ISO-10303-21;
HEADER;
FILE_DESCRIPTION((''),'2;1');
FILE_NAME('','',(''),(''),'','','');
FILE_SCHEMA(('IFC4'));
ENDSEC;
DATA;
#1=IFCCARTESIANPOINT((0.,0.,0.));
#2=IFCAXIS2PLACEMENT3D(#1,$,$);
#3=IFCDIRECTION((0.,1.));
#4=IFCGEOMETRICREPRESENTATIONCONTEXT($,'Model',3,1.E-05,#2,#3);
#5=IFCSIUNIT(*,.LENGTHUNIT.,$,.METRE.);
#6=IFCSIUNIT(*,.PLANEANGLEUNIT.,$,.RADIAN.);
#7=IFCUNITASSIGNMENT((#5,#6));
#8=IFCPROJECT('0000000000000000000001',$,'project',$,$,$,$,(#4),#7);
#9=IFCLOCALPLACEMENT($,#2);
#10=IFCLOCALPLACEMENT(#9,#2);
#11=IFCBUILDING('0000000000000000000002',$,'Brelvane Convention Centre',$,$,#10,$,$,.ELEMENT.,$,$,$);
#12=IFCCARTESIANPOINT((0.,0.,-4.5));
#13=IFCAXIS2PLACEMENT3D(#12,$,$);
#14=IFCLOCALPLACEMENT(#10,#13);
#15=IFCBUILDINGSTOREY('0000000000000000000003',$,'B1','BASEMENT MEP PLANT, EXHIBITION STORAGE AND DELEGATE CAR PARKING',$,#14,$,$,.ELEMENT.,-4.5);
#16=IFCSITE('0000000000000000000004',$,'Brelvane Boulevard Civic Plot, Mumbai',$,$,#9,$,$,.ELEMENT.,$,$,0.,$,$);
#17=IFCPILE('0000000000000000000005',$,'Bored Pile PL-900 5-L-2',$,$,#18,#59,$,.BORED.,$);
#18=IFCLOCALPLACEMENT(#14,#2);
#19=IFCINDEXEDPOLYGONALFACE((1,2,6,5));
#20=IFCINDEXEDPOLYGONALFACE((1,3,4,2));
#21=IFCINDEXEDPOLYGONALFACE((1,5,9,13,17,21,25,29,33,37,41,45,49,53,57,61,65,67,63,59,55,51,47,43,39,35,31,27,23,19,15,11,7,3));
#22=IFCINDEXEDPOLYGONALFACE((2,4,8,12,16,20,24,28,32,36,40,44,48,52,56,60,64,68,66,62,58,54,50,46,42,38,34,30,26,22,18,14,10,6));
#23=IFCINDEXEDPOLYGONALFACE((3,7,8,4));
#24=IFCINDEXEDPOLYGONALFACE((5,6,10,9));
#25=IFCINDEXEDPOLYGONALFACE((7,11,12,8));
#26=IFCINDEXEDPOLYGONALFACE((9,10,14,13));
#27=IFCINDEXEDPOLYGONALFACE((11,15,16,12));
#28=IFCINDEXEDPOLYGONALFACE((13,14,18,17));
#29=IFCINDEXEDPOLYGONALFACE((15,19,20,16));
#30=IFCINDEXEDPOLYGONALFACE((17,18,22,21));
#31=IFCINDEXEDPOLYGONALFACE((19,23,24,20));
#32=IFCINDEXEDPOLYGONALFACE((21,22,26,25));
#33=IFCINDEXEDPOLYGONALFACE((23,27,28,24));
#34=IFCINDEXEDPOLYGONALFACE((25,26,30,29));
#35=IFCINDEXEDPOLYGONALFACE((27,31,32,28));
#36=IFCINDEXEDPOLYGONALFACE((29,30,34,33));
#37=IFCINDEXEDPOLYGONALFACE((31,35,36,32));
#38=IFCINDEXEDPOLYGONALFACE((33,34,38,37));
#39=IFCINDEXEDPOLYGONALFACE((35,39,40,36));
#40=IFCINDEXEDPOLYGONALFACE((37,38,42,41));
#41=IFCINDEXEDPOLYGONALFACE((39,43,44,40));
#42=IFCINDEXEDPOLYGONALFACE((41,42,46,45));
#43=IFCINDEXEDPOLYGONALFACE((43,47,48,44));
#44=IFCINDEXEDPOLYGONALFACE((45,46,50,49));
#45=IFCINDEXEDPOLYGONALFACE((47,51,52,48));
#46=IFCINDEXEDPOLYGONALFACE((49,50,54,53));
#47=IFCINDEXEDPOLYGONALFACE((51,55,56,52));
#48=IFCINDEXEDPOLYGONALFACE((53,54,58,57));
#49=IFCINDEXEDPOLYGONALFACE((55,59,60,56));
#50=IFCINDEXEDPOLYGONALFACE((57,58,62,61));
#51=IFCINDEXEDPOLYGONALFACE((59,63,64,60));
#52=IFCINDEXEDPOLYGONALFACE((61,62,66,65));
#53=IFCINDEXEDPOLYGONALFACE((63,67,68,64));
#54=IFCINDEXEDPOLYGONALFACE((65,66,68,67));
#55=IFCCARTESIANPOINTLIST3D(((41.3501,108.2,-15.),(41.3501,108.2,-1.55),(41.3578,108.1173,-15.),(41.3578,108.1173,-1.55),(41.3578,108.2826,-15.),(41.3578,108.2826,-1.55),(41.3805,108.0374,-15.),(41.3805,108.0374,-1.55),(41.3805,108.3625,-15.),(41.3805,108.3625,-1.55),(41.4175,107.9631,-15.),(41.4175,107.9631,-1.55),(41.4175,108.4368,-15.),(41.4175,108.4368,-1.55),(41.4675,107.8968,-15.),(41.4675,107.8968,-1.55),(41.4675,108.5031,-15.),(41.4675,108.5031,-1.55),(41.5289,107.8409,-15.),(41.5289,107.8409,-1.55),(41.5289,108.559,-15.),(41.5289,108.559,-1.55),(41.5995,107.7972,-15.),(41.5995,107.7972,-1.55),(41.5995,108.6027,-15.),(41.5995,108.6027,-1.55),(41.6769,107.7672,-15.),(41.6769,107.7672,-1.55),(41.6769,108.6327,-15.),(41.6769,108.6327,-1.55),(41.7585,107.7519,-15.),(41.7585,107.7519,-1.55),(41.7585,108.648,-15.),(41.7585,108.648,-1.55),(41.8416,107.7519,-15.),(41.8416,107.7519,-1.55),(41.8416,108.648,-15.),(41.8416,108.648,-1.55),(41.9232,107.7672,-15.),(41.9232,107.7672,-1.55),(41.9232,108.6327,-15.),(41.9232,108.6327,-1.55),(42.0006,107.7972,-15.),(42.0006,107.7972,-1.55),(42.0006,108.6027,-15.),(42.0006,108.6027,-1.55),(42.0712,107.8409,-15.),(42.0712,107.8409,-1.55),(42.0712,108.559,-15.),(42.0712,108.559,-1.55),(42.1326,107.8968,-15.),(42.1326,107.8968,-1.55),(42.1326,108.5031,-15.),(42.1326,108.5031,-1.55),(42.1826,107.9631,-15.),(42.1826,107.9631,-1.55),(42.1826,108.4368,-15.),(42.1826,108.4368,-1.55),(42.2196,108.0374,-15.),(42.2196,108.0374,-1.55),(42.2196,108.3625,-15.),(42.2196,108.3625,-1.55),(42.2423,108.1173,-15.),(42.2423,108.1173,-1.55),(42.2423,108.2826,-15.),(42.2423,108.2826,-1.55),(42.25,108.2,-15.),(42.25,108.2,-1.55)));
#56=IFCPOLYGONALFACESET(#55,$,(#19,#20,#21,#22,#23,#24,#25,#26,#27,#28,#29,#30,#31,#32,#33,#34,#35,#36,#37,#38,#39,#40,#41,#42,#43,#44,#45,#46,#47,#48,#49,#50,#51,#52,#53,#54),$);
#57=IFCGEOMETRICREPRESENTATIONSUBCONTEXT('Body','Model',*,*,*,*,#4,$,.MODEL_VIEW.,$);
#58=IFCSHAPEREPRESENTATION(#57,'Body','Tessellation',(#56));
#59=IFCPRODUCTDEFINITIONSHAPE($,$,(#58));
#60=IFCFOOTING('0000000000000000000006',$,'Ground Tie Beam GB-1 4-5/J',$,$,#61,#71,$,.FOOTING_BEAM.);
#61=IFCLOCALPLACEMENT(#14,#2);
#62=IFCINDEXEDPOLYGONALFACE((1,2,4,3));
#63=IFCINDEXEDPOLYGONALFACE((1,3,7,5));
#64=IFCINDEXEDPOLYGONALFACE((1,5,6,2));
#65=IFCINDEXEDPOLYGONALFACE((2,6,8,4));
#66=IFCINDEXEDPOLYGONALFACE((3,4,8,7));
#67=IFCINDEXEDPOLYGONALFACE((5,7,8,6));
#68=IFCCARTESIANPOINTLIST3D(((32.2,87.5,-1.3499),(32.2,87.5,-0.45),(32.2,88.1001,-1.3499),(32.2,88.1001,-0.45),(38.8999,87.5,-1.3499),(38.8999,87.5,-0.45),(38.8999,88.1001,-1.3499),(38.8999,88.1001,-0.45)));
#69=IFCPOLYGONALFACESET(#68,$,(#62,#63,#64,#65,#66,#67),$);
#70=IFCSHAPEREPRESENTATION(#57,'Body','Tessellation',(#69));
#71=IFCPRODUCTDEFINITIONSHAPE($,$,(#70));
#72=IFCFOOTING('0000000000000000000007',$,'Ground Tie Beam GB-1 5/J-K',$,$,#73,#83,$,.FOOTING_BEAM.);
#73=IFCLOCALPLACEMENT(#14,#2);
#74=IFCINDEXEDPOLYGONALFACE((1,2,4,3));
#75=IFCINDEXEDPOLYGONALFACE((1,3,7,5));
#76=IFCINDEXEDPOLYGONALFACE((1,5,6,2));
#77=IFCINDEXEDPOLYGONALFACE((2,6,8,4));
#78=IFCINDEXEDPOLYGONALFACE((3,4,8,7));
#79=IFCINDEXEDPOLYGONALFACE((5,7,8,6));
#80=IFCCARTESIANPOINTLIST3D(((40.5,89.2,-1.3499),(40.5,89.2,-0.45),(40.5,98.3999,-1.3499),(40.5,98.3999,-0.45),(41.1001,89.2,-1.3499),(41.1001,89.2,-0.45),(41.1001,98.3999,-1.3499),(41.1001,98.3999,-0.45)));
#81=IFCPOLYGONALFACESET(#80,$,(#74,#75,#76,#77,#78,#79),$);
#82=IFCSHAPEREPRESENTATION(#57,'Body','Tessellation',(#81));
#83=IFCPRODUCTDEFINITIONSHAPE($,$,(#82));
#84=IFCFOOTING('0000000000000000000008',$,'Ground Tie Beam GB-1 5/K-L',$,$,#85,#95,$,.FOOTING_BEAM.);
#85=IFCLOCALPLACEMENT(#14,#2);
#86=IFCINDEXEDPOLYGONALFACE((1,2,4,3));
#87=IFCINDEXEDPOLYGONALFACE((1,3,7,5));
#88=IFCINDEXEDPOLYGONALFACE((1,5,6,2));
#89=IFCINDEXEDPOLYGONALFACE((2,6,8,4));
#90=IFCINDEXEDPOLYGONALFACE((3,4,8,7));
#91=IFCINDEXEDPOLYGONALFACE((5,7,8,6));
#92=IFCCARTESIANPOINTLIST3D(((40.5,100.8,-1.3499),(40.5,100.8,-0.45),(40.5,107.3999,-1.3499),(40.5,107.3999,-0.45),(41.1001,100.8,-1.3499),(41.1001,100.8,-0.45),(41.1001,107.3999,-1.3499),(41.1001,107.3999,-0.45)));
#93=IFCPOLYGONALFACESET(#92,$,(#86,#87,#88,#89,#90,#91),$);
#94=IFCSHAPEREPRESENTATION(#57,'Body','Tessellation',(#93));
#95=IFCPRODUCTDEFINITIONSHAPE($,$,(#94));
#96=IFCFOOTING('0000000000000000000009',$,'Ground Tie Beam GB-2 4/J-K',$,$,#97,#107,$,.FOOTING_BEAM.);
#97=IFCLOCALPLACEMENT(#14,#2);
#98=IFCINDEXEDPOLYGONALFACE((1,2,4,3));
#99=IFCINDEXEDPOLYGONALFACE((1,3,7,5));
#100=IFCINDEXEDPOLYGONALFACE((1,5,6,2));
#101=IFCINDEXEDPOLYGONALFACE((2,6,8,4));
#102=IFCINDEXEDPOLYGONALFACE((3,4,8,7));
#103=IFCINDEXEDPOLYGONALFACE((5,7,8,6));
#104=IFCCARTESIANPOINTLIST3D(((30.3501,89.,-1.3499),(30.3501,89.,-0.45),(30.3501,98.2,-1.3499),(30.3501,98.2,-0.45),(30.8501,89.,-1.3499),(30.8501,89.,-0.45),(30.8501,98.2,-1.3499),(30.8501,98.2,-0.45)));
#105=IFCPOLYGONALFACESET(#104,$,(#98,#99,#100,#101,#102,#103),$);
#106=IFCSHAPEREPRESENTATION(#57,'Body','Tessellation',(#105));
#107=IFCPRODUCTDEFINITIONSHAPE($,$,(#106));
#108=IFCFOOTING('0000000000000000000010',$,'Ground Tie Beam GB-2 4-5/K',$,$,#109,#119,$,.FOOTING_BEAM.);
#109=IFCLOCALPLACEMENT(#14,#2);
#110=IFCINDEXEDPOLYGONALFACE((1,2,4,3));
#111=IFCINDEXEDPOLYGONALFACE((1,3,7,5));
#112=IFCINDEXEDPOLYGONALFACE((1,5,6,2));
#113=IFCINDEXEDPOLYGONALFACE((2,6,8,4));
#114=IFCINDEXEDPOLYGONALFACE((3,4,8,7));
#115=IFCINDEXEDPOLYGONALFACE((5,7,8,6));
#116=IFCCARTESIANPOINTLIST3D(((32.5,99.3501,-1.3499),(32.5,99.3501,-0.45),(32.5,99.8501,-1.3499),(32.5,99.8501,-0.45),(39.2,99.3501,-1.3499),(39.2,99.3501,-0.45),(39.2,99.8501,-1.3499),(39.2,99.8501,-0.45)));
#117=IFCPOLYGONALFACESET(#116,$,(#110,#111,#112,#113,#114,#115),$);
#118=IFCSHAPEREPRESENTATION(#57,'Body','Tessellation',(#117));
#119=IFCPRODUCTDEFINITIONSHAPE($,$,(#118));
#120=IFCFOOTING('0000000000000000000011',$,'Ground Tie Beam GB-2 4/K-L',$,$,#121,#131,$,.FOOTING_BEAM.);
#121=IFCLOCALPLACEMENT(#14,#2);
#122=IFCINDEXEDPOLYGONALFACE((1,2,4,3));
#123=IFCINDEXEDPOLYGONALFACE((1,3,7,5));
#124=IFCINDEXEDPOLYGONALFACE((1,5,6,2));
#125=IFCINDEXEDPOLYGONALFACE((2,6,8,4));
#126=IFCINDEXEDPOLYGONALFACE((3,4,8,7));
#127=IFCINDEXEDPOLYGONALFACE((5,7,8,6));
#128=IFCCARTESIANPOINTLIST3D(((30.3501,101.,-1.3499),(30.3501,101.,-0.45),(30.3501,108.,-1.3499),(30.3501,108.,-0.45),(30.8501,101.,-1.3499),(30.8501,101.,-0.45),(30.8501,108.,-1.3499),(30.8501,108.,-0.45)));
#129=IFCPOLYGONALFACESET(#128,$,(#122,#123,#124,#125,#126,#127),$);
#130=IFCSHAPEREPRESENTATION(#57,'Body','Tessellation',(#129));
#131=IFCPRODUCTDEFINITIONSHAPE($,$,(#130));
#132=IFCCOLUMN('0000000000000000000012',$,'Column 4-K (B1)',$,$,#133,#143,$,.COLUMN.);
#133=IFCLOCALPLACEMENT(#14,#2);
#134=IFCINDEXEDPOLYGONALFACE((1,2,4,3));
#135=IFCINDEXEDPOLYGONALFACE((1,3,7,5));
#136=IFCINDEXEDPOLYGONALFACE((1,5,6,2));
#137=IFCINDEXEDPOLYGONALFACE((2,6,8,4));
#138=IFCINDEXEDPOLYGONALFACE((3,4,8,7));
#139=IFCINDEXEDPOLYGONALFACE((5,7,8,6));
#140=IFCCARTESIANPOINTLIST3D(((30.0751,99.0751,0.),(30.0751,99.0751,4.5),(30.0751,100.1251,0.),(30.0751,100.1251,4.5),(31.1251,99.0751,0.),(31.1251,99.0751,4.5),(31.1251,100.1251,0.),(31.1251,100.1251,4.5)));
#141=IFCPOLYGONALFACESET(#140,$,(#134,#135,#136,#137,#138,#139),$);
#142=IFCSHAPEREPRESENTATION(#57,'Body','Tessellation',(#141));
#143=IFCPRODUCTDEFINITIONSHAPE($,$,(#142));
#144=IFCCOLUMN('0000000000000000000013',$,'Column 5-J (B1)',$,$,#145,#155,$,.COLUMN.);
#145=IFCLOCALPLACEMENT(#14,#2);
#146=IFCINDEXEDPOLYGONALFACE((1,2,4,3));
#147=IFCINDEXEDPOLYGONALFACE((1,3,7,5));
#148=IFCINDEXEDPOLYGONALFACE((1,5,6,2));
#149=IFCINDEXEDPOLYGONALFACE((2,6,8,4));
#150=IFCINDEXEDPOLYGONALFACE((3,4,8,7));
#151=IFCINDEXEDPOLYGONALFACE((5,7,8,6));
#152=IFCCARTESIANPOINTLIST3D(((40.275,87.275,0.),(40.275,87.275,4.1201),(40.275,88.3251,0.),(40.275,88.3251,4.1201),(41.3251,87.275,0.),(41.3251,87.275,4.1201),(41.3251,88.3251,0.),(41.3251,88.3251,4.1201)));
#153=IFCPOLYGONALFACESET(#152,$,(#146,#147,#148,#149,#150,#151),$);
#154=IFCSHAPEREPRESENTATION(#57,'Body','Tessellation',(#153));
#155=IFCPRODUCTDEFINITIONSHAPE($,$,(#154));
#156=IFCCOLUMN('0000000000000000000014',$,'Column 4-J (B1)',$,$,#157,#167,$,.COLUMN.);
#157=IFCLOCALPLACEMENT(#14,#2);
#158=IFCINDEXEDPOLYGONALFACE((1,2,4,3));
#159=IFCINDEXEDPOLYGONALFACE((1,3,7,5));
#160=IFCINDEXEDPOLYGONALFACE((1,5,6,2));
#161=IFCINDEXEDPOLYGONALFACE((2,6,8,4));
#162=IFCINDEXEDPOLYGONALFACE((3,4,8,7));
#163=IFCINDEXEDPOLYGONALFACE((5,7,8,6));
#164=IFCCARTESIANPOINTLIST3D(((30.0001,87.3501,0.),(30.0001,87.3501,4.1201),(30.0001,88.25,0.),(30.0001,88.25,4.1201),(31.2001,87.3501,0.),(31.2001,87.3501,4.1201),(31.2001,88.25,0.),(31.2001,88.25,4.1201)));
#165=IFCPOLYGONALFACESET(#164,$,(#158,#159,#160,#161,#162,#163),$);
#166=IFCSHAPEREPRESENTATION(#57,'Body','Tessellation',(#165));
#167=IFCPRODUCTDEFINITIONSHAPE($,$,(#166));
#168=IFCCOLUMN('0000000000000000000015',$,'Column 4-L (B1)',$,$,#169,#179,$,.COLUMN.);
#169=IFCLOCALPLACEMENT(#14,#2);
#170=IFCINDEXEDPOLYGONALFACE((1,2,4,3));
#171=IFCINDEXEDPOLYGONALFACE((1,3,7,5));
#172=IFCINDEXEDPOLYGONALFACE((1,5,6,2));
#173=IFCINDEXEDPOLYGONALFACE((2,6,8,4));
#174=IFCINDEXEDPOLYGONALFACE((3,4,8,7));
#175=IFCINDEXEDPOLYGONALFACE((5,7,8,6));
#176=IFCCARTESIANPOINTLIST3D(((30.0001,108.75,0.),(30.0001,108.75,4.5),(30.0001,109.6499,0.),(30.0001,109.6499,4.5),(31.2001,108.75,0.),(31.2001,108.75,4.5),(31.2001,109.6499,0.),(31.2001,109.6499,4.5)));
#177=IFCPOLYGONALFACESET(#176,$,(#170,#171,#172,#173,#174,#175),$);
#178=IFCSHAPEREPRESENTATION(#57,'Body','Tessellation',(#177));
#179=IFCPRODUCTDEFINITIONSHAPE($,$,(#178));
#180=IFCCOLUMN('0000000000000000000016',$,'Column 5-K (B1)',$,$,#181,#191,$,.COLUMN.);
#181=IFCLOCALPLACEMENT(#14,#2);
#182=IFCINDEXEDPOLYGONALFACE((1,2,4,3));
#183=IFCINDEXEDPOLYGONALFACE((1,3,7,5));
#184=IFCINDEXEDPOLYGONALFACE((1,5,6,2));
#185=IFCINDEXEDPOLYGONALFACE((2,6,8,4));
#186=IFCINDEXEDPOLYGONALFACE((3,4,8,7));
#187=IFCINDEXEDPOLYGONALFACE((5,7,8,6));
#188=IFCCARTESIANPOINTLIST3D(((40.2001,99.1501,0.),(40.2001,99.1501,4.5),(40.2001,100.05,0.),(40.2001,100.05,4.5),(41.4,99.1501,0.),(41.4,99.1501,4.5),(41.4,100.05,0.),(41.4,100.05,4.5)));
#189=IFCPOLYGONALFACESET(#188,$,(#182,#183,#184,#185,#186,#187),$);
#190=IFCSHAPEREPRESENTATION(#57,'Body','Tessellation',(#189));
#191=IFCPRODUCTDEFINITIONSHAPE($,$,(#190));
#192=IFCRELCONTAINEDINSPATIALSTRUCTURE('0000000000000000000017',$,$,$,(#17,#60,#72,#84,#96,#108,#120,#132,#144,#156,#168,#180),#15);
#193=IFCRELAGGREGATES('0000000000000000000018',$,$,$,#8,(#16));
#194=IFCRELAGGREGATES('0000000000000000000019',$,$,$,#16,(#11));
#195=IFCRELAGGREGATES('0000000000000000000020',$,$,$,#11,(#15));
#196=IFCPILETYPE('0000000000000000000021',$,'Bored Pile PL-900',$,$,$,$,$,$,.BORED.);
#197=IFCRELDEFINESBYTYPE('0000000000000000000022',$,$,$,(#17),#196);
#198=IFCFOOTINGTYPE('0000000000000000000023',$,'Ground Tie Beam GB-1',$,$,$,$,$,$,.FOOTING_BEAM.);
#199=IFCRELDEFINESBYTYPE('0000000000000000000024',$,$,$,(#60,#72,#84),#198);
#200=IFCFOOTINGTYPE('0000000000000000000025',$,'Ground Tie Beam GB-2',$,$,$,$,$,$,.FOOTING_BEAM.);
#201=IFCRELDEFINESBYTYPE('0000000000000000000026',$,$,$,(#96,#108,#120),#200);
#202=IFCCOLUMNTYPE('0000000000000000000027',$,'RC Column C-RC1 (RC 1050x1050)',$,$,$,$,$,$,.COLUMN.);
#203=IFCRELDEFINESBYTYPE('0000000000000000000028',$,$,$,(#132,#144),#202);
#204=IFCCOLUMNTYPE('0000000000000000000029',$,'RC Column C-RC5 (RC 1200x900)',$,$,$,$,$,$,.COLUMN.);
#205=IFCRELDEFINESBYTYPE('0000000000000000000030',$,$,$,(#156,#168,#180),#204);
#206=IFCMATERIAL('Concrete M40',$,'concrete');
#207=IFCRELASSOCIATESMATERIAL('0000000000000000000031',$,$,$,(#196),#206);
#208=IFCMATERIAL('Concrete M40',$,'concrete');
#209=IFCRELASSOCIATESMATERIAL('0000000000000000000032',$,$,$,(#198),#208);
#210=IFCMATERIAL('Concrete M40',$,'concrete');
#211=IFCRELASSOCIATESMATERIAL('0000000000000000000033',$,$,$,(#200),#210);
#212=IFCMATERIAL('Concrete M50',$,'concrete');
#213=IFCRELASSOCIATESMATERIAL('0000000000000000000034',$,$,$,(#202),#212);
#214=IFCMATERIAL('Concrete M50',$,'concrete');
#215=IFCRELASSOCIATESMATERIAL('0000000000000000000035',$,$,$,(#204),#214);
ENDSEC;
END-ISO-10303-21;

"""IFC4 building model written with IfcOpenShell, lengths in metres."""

from ifc_helpers import new_model, si_unit, direction, frame, origin, origin_2d, place, context, subcontext, project, spatial, rectangle, circle, extrude, material, material_profile, profile_set, type_object, element, save


model = new_model("IFC4")

# Units and contexts
model_context = context("Model", 3, precision=1e-05, world=origin(), true_north=direction((0.0, 1.0)))
body_context = subcontext(model_context, "Body", "Model", "MODEL_VIEW")
ifc_project = project(units=[si_unit("LENGTHUNIT", "METRE"), si_unit("PLANEANGLEUNIT", "RADIAN")], contexts=[model_context])

# Site, building, storey
site_placement = place(None, origin())
site = spatial("IfcSite", under=ifc_project, at=site_placement, Name="Brelvane Boulevard Civic Plot, Mumbai", CompositionType="ELEMENT", RefElevation=0.0)
building_placement = place(site_placement, origin())
building = spatial("IfcBuilding", under=site, at=building_placement, Name="Brelvane Convention Centre", CompositionType="ELEMENT")
storey_placement = place(building_placement, frame((0.0, 0.0, -4.5)))
storey = spatial("IfcBuildingStorey", under=building, at=storey_placement, Name="B1", Description="BASEMENT MEP PLANT, EXHIBITION STORAGE AND DELEGATE CAR PARKING", CompositionType="ELEMENT", Elevation=-4.5)

# Pile
ifc_material_1 = material(Name="Concrete M40", Category="concrete")
ifc_material_profile_1 = material_profile(ifc_material_1, circle(Radius=0.45, at=origin_2d()), Name="PILE D900")
ifc_profile_set_1 = profile_set([ifc_material_profile_1], Name="Concrete M40")
pile_type = type_object("IfcPileType", Name="Bored Pile PL-900", PredefinedType="BORED", material=ifc_profile_set_1)
for number, where, z_axis, x_axis, name in (
    (1, (41.8, 108.2, -1.55), (0.0, 0.0, -1.0), (1.0, 0.0, 0.0), "Bored Pile PL-900 5-L-2"),
):
    element("IfcPile", number, at=place(storey_placement, frame(where, z_axis=z_axis, x_axis=x_axis)), inside=storey, type_object=pile_type, Name=name, PredefinedType="BORED", context=body_context, shape_type="SweptSolid", body=[
        extrude(circle(Radius=0.45, at=origin_2d()), origin(), (0.0, 0.0, 1.0), 13.45),
    ])

# Footings
ifc_material_2 = material(Name="Concrete M40", Category="concrete")
ifc_material_profile_2 = material_profile(ifc_material_2, rectangle(XDim=0.6001, YDim=0.8999, at=origin_2d()), Name="RC 600x900")
ifc_profile_set_2 = profile_set([ifc_material_profile_2], Name="Concrete M40")
footing_type_1 = type_object("IfcFootingType", Name="Ground Tie Beam GB-1", PredefinedType="FOOTING_BEAM", material=ifc_profile_set_2)
footing_1_placement = place(storey_placement, frame((32.2, 87.8, -0.8999), z_axis=(1.0, 0.0, 0.0), x_axis=(0.0, 1.0, 0.0)))
element("IfcFooting", 2, at=footing_1_placement, inside=storey, type_object=footing_type_1, Name="Ground Tie Beam GB-1 4-5/J", PredefinedType="FOOTING_BEAM", context=body_context, shape_type="SweptSolid", body=[
    extrude(rectangle(XDim=0.6001, YDim=0.8999, at=origin_2d()), origin(), (0.0, 0.0, 1.0), 6.7),
])
footing_2_placement = place(storey_placement, frame((40.8, 89.2, -0.8999), z_axis=(0.0, 1.0, 0.0), x_axis=(-1.0, 0.0, 0.0)))
element("IfcFooting", 3, at=footing_2_placement, inside=storey, type_object=footing_type_1, Name="Ground Tie Beam GB-1 5/J-K", PredefinedType="FOOTING_BEAM", context=body_context, shape_type="SweptSolid", body=[
    extrude(rectangle(XDim=0.6001, YDim=0.8999, at=origin_2d()), origin(), (0.0, 0.0, 1.0), 9.2),
])
footing_3_placement = place(storey_placement, frame((40.8, 100.8, -0.8999), z_axis=(0.0, 1.0, 0.0), x_axis=(-1.0, 0.0, 0.0)))
element("IfcFooting", 4, at=footing_3_placement, inside=storey, type_object=footing_type_1, Name="Ground Tie Beam GB-1 5/K-L", PredefinedType="FOOTING_BEAM", context=body_context, shape_type="SweptSolid", body=[
    extrude(rectangle(XDim=0.6001, YDim=0.8999, at=origin_2d()), origin(), (0.0, 0.0, 1.0), 6.5999),
])
ifc_material_3 = material(Name="Concrete M40", Category="concrete")
ifc_material_profile_3 = material_profile(ifc_material_3, rectangle(XDim=0.5, YDim=0.8999, at=origin_2d()), Name="RC 500x900")
ifc_profile_set_3 = profile_set([ifc_material_profile_3], Name="Concrete M40")
footing_type_2 = type_object("IfcFootingType", Name="Ground Tie Beam GB-2", PredefinedType="FOOTING_BEAM", material=ifc_profile_set_3)
footing_4_placement = place(storey_placement, frame((30.6001, 89.0, -0.8999), z_axis=(0.0, 1.0, 0.0), x_axis=(-1.0, 0.0, 0.0)))
element("IfcFooting", 5, at=footing_4_placement, inside=storey, type_object=footing_type_2, Name="Ground Tie Beam GB-2 4/J-K", PredefinedType="FOOTING_BEAM", context=body_context, shape_type="SweptSolid", body=[
    extrude(rectangle(XDim=0.5, YDim=0.8999, at=origin_2d()), origin(), (0.0, 0.0, 1.0), 9.2),
])
footing_5_placement = place(storey_placement, frame((32.5, 99.6001, -0.8999), z_axis=(1.0, 0.0, 0.0), x_axis=(0.0, 1.0, 0.0)))
element("IfcFooting", 6, at=footing_5_placement, inside=storey, type_object=footing_type_2, Name="Ground Tie Beam GB-2 4-5/K", PredefinedType="FOOTING_BEAM", context=body_context, shape_type="SweptSolid", body=[
    extrude(rectangle(XDim=0.5, YDim=0.8999, at=origin_2d()), origin(), (0.0, 0.0, 1.0), 6.7),
])
footing_6_placement = place(storey_placement, frame((30.6001, 101.0, -0.8999), z_axis=(0.0, 1.0, 0.0), x_axis=(-1.0, 0.0, 0.0)))
element("IfcFooting", 7, at=footing_6_placement, inside=storey, type_object=footing_type_2, Name="Ground Tie Beam GB-2 4/K-L", PredefinedType="FOOTING_BEAM", context=body_context, shape_type="SweptSolid", body=[
    extrude(rectangle(XDim=0.5, YDim=0.8999, at=origin_2d()), origin(), (0.0, 0.0, 1.0), 7.0),
])

# Columns
ifc_material_4 = material(Name="Concrete M50", Category="concrete")
ifc_material_profile_4 = material_profile(ifc_material_4, rectangle(XDim=1.05, YDim=1.05, at=origin_2d()), Name="RC 1050x1050")
ifc_profile_set_4 = profile_set([ifc_material_profile_4], Name="Concrete M50")
column_type_1 = type_object("IfcColumnType", Name="RC Column C-RC1 (RC 1050x1050)", PredefinedType="COLUMN", material=ifc_profile_set_4)
column_1_placement = place(storey_placement, frame((30.6001, 99.6001, 0.0), z_axis=(0.0, 0.0, 1.0), x_axis=(1.0, 0.0, 0.0)))
element("IfcColumn", 8, at=column_1_placement, inside=storey, type_object=column_type_1, Name="Column 4-K (B1)", PredefinedType="COLUMN", context=body_context, shape_type="SweptSolid", body=[
    extrude(rectangle(XDim=1.05, YDim=1.05, at=origin_2d()), origin(), (0.0, 0.0, 1.0), 4.5),
])
column_2_placement = place(storey_placement, frame((40.8, 87.8, 0.0), z_axis=(0.0, 0.0, 1.0), x_axis=(1.0, 0.0, 0.0)))
element("IfcColumn", 9, at=column_2_placement, inside=storey, type_object=column_type_1, Name="Column 5-J (B1)", PredefinedType="COLUMN", context=body_context, shape_type="SweptSolid", body=[
    extrude(rectangle(XDim=1.05, YDim=1.05, at=origin_2d()), origin(), (0.0, 0.0, 1.0), 4.1201),
])
ifc_material_5 = material(Name="Concrete M50", Category="concrete")
ifc_material_profile_5 = material_profile(ifc_material_5, rectangle(XDim=1.2, YDim=0.8999, at=origin_2d()), Name="RC 1200x900")
ifc_profile_set_5 = profile_set([ifc_material_profile_5], Name="Concrete M50")
column_type_2 = type_object("IfcColumnType", Name="RC Column C-RC5 (RC 1200x900)", PredefinedType="COLUMN", material=ifc_profile_set_5)
column_3_placement = place(storey_placement, frame((30.6001, 87.8, 0.0), z_axis=(0.0, 0.0, 1.0), x_axis=(1.0, 0.0, 0.0)))
element("IfcColumn", 10, at=column_3_placement, inside=storey, type_object=column_type_2, Name="Column 4-J (B1)", PredefinedType="COLUMN", context=body_context, shape_type="SweptSolid", body=[
    extrude(rectangle(XDim=1.2, YDim=0.8999, at=origin_2d()), origin(), (0.0, 0.0, 1.0), 4.1201),
])
for number, where, z_axis, x_axis, name in (
    (11, (30.6001, 109.2, 0.0), (0.0, 0.0, 1.0), (1.0, 0.0, 0.0), "Column 4-L (B1)"),
    (12, (40.8, 99.6001, 0.0), (0.0, 0.0, 1.0), (1.0, 0.0, 0.0), "Column 5-K (B1)"),
):
    element("IfcColumn", number, at=place(storey_placement, frame(where, z_axis=z_axis, x_axis=x_axis)), inside=storey, type_object=column_type_2, Name=name, PredefinedType="COLUMN", context=body_context, shape_type="SweptSolid", body=[
        extrude(rectangle(XDim=1.2, YDim=0.8999, at=origin_2d()), origin(), (0.0, 0.0, 1.0), 4.5),
    ])

save(model, "model.ifc")
